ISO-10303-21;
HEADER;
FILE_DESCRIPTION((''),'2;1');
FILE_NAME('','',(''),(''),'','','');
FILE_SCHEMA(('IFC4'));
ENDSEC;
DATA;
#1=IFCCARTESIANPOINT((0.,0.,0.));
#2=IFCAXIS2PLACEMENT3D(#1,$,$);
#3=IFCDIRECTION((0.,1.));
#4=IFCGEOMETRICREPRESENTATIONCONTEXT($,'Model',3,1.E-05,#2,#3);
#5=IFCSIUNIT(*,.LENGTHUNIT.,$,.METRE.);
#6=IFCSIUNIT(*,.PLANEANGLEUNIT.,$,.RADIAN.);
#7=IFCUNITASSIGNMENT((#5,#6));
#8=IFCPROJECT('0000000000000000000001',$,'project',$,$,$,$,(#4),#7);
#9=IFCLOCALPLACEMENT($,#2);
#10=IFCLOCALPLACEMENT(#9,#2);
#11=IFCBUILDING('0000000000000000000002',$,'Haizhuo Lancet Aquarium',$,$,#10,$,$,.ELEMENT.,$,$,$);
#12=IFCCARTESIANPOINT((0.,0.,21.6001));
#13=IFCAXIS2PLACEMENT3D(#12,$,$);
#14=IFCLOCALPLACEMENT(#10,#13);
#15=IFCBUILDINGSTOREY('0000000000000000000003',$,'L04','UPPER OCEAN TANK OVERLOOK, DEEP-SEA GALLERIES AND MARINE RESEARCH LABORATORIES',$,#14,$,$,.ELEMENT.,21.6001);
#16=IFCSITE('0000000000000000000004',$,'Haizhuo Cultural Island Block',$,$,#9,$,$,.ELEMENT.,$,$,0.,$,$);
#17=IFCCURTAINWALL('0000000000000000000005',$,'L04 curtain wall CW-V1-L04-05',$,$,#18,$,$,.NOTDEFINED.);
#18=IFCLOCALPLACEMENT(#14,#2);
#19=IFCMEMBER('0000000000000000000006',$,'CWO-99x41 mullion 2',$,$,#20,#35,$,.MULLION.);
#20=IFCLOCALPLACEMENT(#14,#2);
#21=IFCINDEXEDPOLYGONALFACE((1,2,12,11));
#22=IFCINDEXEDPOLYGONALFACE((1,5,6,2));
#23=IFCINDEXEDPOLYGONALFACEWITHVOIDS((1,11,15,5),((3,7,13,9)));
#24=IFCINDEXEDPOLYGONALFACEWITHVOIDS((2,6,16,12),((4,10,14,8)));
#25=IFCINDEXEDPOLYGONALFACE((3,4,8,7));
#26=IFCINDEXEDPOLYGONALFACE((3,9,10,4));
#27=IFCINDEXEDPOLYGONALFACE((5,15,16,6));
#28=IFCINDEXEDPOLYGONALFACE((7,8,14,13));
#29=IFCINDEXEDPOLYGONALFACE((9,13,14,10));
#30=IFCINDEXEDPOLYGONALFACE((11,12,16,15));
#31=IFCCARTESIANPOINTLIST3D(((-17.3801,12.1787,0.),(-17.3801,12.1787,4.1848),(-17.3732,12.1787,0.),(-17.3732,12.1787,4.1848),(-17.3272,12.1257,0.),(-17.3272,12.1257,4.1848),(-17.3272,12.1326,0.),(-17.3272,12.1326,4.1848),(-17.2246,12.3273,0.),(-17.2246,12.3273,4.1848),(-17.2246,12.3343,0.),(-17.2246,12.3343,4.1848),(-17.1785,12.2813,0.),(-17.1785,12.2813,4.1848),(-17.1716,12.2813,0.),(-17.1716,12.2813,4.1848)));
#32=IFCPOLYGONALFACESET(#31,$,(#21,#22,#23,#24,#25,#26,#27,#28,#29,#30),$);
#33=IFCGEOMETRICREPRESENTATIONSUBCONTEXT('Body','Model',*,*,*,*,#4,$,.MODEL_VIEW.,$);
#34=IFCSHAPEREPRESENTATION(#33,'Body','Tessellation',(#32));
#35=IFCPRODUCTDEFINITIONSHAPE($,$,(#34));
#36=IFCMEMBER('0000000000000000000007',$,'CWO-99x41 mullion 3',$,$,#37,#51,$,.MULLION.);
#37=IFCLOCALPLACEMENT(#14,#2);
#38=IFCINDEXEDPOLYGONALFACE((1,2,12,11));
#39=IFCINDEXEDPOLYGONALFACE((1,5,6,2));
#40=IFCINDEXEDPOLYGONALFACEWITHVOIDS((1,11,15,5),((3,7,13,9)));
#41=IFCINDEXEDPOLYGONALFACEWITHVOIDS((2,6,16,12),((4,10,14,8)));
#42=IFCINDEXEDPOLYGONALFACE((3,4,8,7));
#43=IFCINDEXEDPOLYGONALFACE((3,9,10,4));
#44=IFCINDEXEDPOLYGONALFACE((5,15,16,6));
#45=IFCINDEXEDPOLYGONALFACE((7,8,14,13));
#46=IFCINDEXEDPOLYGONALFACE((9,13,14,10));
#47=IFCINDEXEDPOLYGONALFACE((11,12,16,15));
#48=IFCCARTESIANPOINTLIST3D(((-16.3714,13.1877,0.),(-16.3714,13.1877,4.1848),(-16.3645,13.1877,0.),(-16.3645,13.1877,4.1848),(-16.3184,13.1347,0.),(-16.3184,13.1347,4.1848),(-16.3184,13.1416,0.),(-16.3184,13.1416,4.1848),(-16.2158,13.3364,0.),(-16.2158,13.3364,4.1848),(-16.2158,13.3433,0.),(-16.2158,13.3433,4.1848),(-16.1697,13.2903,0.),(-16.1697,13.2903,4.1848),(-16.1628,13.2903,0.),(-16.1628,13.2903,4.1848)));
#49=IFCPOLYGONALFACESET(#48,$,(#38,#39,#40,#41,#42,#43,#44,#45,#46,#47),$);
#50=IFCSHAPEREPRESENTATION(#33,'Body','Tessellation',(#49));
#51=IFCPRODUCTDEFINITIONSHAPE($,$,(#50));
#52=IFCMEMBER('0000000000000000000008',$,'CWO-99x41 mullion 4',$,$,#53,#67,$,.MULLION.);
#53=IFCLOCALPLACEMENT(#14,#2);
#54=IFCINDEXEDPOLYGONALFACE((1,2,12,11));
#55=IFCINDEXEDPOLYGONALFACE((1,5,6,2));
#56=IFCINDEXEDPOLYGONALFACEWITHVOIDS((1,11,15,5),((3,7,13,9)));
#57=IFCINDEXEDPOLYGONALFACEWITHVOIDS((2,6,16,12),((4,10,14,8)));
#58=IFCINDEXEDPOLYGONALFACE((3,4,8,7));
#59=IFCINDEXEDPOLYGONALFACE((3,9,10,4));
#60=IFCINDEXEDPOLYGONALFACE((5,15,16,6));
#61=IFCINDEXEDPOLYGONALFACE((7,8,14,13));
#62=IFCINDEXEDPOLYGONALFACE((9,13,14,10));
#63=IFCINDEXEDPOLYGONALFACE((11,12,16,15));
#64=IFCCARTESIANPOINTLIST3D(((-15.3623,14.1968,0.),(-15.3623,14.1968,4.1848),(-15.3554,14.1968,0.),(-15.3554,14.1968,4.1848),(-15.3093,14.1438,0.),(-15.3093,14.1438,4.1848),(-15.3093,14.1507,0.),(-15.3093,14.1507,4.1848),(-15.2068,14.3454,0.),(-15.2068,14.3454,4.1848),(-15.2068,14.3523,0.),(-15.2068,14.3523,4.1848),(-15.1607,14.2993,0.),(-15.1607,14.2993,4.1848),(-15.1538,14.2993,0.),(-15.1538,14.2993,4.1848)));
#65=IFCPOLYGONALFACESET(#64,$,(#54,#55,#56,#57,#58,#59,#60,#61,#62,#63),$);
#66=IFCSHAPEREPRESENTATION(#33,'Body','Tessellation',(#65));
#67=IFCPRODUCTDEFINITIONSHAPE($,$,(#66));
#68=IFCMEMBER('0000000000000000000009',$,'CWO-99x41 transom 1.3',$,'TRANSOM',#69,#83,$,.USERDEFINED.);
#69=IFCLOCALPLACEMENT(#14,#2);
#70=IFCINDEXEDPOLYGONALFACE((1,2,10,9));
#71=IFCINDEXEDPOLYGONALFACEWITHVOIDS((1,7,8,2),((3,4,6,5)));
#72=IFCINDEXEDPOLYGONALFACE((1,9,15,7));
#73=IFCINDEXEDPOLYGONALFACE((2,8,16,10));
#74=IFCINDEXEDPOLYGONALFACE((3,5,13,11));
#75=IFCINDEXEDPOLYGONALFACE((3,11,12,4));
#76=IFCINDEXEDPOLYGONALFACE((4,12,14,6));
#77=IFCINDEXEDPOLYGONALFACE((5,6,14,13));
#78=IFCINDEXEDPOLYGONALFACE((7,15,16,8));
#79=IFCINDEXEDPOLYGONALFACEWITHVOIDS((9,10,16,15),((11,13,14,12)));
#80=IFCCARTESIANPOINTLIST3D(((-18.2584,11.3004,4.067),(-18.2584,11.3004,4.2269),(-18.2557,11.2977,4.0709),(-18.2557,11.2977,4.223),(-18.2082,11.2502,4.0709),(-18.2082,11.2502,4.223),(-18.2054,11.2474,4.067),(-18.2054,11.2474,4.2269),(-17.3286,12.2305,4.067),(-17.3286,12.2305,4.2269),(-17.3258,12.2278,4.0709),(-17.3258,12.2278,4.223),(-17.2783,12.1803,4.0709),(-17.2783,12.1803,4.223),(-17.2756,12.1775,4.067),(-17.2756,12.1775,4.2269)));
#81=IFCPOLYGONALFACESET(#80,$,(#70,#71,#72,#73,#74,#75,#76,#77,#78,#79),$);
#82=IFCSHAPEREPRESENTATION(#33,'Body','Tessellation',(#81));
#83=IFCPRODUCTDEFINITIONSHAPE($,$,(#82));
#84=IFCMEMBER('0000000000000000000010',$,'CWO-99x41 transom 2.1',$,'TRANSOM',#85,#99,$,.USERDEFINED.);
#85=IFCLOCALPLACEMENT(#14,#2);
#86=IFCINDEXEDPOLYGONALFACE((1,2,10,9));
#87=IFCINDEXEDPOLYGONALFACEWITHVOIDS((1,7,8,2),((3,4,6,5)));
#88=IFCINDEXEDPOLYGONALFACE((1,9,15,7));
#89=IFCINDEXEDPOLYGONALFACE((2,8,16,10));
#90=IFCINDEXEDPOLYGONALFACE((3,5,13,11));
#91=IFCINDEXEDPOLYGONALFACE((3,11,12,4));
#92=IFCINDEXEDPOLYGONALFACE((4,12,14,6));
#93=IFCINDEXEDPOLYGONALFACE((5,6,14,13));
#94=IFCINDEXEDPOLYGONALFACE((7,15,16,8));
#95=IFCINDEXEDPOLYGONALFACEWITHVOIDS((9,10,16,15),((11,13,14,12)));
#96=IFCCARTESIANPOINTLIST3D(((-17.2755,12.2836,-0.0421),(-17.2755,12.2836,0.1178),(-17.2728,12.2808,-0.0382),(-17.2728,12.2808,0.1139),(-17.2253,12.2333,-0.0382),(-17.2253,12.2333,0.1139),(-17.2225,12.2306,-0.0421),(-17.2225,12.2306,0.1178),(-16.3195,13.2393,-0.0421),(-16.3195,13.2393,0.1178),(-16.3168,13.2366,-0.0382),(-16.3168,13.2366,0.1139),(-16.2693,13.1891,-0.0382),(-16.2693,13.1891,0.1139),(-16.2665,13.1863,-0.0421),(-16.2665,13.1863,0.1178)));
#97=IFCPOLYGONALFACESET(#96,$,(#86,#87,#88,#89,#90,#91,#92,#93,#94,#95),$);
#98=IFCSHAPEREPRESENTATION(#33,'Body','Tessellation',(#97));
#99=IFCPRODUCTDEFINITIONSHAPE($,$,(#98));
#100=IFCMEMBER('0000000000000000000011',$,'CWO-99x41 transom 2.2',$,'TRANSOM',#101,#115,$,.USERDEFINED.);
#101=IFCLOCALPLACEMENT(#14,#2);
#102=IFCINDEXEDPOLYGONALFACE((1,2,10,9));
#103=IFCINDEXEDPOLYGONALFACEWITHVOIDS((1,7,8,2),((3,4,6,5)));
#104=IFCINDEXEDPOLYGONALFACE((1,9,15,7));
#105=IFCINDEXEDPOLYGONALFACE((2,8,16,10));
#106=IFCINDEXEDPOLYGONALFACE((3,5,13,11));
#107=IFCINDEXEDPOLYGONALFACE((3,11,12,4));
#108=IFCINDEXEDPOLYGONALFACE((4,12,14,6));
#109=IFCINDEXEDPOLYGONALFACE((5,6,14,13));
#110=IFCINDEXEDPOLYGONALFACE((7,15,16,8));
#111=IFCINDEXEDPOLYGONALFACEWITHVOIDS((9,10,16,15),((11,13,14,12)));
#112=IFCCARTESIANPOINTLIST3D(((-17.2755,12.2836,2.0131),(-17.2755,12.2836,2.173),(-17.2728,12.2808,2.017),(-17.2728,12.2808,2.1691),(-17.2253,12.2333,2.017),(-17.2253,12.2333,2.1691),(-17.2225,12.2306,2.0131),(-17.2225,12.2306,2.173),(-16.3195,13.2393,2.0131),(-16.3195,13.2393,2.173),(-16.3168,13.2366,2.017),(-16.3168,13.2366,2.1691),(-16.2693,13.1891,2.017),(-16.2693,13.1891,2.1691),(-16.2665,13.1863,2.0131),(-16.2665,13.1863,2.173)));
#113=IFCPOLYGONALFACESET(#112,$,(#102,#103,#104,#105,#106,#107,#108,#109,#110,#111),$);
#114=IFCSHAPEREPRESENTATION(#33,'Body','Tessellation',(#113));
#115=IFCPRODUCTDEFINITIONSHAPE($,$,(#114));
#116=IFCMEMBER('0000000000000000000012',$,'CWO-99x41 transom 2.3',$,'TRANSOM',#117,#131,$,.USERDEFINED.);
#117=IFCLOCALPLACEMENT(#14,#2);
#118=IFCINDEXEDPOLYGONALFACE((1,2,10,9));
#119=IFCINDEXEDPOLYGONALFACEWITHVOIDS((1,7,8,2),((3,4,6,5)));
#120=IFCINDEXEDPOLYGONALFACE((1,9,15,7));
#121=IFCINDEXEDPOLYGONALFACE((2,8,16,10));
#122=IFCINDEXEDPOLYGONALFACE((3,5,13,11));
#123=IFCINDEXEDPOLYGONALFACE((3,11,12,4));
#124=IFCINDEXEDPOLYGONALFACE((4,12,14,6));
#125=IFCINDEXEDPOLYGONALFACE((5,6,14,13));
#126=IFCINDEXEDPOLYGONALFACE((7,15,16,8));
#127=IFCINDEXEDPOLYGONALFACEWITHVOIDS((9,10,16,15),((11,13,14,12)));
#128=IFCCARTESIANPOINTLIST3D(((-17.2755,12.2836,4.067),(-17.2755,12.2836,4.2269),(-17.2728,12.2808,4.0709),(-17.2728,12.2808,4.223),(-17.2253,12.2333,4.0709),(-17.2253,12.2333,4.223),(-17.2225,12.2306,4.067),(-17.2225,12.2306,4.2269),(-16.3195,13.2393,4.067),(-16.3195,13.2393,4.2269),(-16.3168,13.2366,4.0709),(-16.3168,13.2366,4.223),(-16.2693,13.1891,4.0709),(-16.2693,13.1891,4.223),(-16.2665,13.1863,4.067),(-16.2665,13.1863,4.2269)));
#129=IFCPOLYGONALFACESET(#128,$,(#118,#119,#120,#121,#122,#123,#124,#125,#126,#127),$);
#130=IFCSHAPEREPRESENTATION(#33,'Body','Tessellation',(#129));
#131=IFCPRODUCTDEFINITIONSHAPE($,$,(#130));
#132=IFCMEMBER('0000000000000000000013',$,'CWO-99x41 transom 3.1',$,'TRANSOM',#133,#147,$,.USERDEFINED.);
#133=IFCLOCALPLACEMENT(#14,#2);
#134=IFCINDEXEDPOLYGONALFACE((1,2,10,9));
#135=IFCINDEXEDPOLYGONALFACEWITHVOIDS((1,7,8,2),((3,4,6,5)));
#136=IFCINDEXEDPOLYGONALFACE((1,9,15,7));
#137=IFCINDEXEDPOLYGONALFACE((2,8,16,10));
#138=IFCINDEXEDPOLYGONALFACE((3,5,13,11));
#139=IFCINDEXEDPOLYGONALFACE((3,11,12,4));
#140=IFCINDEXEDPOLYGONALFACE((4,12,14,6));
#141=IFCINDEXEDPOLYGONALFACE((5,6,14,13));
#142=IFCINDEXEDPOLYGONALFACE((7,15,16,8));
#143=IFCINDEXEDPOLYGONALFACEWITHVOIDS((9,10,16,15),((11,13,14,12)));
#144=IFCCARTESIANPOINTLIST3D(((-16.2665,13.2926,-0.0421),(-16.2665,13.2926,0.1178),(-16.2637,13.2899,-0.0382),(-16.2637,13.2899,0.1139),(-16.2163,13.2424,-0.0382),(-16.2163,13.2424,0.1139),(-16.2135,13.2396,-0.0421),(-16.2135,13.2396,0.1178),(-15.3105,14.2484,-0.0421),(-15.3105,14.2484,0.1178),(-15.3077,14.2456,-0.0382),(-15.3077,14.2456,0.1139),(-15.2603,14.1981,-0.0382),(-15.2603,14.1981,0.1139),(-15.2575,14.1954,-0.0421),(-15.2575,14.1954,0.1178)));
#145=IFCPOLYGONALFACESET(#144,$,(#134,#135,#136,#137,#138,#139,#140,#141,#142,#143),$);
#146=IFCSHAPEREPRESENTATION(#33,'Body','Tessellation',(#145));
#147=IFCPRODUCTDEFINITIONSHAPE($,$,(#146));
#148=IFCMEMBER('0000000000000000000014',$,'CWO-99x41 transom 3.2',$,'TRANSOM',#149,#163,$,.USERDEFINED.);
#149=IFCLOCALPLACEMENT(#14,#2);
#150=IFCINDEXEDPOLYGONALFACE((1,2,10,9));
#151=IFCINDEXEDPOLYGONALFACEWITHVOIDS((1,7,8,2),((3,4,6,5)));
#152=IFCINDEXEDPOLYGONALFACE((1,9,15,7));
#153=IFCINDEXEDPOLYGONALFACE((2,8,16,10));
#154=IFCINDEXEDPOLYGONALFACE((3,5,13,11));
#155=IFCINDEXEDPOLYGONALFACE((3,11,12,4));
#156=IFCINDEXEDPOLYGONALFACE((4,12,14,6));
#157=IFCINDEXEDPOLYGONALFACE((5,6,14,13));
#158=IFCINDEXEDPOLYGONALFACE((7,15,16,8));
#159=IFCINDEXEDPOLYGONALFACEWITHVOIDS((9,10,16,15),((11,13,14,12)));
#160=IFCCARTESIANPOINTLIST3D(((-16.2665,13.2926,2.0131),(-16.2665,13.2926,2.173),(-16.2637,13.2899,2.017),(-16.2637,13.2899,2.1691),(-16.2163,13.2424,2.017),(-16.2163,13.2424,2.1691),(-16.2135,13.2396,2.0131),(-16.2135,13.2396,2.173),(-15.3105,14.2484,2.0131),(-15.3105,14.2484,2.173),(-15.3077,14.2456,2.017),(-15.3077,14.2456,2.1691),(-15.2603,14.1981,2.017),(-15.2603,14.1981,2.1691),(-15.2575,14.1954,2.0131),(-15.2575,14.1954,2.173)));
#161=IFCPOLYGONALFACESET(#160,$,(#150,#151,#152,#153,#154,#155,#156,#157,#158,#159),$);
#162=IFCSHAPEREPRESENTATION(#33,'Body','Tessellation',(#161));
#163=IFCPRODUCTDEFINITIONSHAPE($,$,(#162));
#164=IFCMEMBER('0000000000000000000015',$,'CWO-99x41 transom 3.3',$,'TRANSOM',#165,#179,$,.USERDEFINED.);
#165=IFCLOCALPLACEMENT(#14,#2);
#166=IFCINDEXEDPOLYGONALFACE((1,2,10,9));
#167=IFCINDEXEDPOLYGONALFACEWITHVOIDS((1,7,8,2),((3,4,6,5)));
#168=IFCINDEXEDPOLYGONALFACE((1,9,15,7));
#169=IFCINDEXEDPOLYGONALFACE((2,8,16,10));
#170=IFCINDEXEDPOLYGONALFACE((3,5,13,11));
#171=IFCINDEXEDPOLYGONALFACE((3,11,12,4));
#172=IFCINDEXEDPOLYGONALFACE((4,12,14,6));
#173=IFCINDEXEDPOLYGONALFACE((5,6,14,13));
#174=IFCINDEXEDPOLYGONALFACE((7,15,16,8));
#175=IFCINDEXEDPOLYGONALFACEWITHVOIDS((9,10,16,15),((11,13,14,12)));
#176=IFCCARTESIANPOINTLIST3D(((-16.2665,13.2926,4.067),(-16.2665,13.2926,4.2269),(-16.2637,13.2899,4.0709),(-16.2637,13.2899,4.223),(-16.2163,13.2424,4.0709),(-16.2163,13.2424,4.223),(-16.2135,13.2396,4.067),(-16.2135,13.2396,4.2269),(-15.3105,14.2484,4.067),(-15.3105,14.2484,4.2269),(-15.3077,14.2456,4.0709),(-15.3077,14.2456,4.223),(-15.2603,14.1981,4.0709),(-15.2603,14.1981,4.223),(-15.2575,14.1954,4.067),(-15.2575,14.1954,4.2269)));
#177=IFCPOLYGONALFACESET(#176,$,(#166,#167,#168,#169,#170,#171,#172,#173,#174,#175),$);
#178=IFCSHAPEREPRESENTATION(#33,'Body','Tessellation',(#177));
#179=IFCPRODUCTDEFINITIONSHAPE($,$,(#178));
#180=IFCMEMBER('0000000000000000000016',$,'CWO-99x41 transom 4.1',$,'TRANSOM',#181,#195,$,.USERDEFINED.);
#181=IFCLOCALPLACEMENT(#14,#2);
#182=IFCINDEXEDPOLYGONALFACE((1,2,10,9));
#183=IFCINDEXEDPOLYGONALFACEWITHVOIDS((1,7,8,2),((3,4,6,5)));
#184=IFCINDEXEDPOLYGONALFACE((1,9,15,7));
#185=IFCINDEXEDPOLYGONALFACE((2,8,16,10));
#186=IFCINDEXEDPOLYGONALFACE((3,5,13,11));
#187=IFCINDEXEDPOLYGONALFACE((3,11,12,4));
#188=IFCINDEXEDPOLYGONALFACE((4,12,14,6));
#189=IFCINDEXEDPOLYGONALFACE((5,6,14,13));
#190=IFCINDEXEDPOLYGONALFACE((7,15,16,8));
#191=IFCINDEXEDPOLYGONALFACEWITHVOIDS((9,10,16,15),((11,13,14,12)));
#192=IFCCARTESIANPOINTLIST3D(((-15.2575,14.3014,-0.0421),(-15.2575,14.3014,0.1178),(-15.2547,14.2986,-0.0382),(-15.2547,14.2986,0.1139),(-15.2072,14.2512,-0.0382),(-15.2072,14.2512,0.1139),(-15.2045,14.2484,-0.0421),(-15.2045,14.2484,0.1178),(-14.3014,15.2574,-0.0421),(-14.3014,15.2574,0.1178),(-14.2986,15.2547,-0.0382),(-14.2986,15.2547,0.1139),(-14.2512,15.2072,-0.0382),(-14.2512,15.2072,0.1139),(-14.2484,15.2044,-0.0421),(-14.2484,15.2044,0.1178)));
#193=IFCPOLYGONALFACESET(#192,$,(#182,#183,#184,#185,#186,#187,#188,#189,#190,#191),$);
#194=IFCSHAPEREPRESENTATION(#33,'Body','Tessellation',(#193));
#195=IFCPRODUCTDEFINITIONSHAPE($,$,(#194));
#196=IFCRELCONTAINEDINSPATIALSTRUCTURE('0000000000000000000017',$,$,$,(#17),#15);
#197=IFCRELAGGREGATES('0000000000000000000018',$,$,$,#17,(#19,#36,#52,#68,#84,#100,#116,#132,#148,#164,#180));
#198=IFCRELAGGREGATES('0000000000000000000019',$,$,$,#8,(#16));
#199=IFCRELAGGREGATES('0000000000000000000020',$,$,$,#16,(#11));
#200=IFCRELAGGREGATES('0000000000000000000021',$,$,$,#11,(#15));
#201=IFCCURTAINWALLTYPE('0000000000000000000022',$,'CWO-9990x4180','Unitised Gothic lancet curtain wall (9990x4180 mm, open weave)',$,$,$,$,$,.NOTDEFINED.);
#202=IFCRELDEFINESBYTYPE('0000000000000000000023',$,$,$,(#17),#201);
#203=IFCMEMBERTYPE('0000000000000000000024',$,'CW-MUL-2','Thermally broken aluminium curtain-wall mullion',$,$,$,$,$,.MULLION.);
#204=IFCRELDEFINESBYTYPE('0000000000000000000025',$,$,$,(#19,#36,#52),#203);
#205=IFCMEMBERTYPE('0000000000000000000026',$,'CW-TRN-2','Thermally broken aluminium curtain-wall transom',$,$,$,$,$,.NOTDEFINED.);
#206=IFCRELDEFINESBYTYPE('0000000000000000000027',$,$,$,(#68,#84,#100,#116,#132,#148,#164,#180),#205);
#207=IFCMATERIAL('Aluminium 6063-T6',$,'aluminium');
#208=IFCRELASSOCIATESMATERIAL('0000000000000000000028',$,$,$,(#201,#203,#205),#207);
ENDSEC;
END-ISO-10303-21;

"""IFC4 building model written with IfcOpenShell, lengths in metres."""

from ifc_helpers import new_model, si_unit, direction, frame, origin, origin_2d, place, context, subcontext, project, spatial, hollow_rectangle, extrude, material, material_profile, profile_set, type_object, element, aggregate, save


model = new_model("IFC4")

# Units and contexts
model_context = context("Model", 3, precision=1e-05, world=origin(), true_north=direction((0.0, 1.0)))
body_context = subcontext(model_context, "Body", "Model", "MODEL_VIEW")
ifc_project = project(units=[si_unit("LENGTHUNIT", "METRE"), si_unit("PLANEANGLEUNIT", "RADIAN")], contexts=[model_context])

# Site, building, storey
site_placement = place(None, origin())
site = spatial("IfcSite", under=ifc_project, at=site_placement, Name="Haizhuo Cultural Island Block", CompositionType="ELEMENT", RefElevation=0.0)
building_placement = place(site_placement, origin())
building = spatial("IfcBuilding", under=site, at=building_placement, Name="Haizhuo Lancet Aquarium", CompositionType="ELEMENT")
storey_placement = place(building_placement, frame((0.0, 0.0, 21.6001)))
storey = spatial("IfcBuildingStorey", under=building, at=storey_placement, Name="L04", Description="UPPER OCEAN TANK OVERLOOK, DEEP-SEA GALLERIES AND MARINE RESEARCH LABORATORIES", CompositionType="ELEMENT", Elevation=21.6001)

# Curtain wall, members
ifc_material_1 = material(Name="Aluminium 6063-T6", Category="aluminium")
curtain_wall_type = type_object("IfcCurtainWallType", Name="CWO-9990x4180", Description="Unitised Gothic lancet curtain wall (9990x4180 mm, open weave)", PredefinedType="NOTDEFINED", material=ifc_material_1)
curtain_wall_placement = place(storey_placement, origin())
curtain_wall = element("IfcCurtainWall", 1, at=curtain_wall_placement, inside=storey, type_object=curtain_wall_type, Name="L04 curtain wall CW-V1-L04-05", PredefinedType="NOTDEFINED")
ifc_material_profile_1 = material_profile(ifc_material_1, hollow_rectangle(XDim=0.075, YDim=0.22, WallThickness=0.0049, at=origin_2d()), Name="ALU-M 75x220x5")
ifc_profile_set_1 = profile_set([ifc_material_profile_1], Name="Aluminium 6063-T6")
member_type_1 = type_object("IfcMemberType", Name="CW-MUL-2", Description="Thermally broken aluminium curtain-wall mullion", PredefinedType="MULLION", material=ifc_profile_set_1)
member_1_placement = place(storey_placement, frame((-17.2759, 12.23, 0.0), z_axis=(0.0, 0.0, 1.0), x_axis=(-0.707107, 0.707107, 0.0)))
member_1 = element("IfcMember", 2, at=member_1_placement, type_object=member_type_1, Name="CWO-99x41 mullion 2", PredefinedType="MULLION", context=body_context, shape_type="SweptSolid", body=[
    extrude(hollow_rectangle(XDim=0.075, YDim=0.22, WallThickness=0.0049, at=origin_2d()), origin(), (0.0, 0.0, 1.0), 4.1848),
])
member_2_placement = place(storey_placement, frame((-16.2671, 13.239, 0.0), z_axis=(0.0, 0.0, 1.0), x_axis=(-0.707107, 0.707107, 0.0)))
member_2 = element("IfcMember", 3, at=member_2_placement, type_object=member_type_1, Name="CWO-99x41 mullion 3", PredefinedType="MULLION", context=body_context, shape_type="SweptSolid", body=[
    extrude(hollow_rectangle(XDim=0.075, YDim=0.22, WallThickness=0.0049, at=origin_2d()), origin(), (0.0, 0.0, 1.0), 4.1848),
])
member_3_placement = place(storey_placement, frame((-15.2581, 14.248, 0.0), z_axis=(0.0, 0.0, 1.0), x_axis=(-0.707107, 0.707107, 0.0)))
member_3 = element("IfcMember", 4, at=member_3_placement, type_object=member_type_1, Name="CWO-99x41 mullion 4", PredefinedType="MULLION", context=body_context, shape_type="SweptSolid", body=[
    extrude(hollow_rectangle(XDim=0.075, YDim=0.22, WallThickness=0.0049, at=origin_2d()), origin(), (0.0, 0.0, 1.0), 4.1848),
])
ifc_material_profile_2 = material_profile(ifc_material_1, hollow_rectangle(XDim=0.075, YDim=0.1599, WallThickness=0.0039, at=origin_2d()), Name="ALU-T 75x160x4")
ifc_profile_set_2 = profile_set([ifc_material_profile_2], Name="Aluminium 6063-T6")
member_type_2 = type_object("IfcMemberType", Name="CW-TRN-2", Description="Thermally broken aluminium curtain-wall transom", PredefinedType="NOTDEFINED", material=ifc_profile_set_2)
member_4_placement = place(storey_placement, frame((-18.2319, 11.2739, 4.147), z_axis=(0.707014, 0.7072, 0.0), x_axis=(-0.7072, 0.707014, 0.0)))
member_4 = element("IfcMember", 5, at=member_4_placement, type_object=member_type_2, Name="CWO-99x41 transom 1.3", ObjectType="TRANSOM", PredefinedType="USERDEFINED", context=body_context, shape_type="SweptSolid", body=[
    extrude(hollow_rectangle(XDim=0.075, YDim=0.1599, WallThickness=0.0039, at=origin_2d()), origin(), (0.0, 0.0, 1.0), 1.3152),
])
member_5_placement = place(storey_placement, frame((-17.249, 12.2571, 0.0378), z_axis=(0.707197, 0.707016, 0.0), x_axis=(-0.707016, 0.707197, 0.0)))
member_5 = element("IfcMember", 6, at=member_5_placement, type_object=member_type_2, Name="CWO-99x41 transom 2.1", ObjectType="TRANSOM", PredefinedType="USERDEFINED", context=body_context, shape_type="SweptSolid", body=[
    extrude(hollow_rectangle(XDim=0.075, YDim=0.1599, WallThickness=0.0039, at=origin_2d()), origin(), (0.0, 0.0, 1.0), 1.3518),
])
member_6_placement = place(storey_placement, frame((-17.249, 12.2571, 2.093), z_axis=(0.707197, 0.707016, 0.0), x_axis=(-0.707016, 0.707197, 0.0)))
member_6 = element("IfcMember", 7, at=member_6_placement, type_object=member_type_2, Name="CWO-99x41 transom 2.2", ObjectType="TRANSOM", PredefinedType="USERDEFINED", context=body_context, shape_type="SweptSolid", body=[
    extrude(hollow_rectangle(XDim=0.075, YDim=0.1599, WallThickness=0.0039, at=origin_2d()), origin(), (0.0, 0.0, 1.0), 1.3518),
])
member_7_placement = place(storey_placement, frame((-17.249, 12.2571, 4.147), z_axis=(0.707197, 0.707016, 0.0), x_axis=(-0.707016, 0.707197, 0.0)))
member_7 = element("IfcMember", 8, at=member_7_placement, type_object=member_type_2, Name="CWO-99x41 transom 2.3", ObjectType="TRANSOM", PredefinedType="USERDEFINED", context=body_context, shape_type="SweptSolid", body=[
    extrude(hollow_rectangle(XDim=0.075, YDim=0.1599, WallThickness=0.0039, at=origin_2d()), origin(), (0.0, 0.0, 1.0), 1.3518),
])
member_8_placement = place(storey_placement, frame((-16.24, 13.2661, 0.0378), z_axis=(0.707197, 0.707016, 0.0), x_axis=(-0.707016, 0.707197, 0.0)))
member_8 = element("IfcMember", 9, at=member_8_placement, type_object=member_type_2, Name="CWO-99x41 transom 3.1", ObjectType="TRANSOM", PredefinedType="USERDEFINED", context=body_context, shape_type="SweptSolid", body=[
    extrude(hollow_rectangle(XDim=0.075, YDim=0.1599, WallThickness=0.0039, at=origin_2d()), origin(), (0.0, 0.0, 1.0), 1.3518),
])
member_9_placement = place(storey_placement, frame((-16.24, 13.2661, 2.093), z_axis=(0.707197, 0.707016, 0.0), x_axis=(-0.707016, 0.707197, 0.0)))
member_9 = element("IfcMember", 10, at=member_9_placement, type_object=member_type_2, Name="CWO-99x41 transom 3.2", ObjectType="TRANSOM", PredefinedType="USERDEFINED", context=body_context, shape_type="SweptSolid", body=[
    extrude(hollow_rectangle(XDim=0.075, YDim=0.1599, WallThickness=0.0039, at=origin_2d()), origin(), (0.0, 0.0, 1.0), 1.3518),
])
member_10_placement = place(storey_placement, frame((-16.24, 13.2661, 4.147), z_axis=(0.707197, 0.707016, 0.0), x_axis=(-0.707016, 0.707197, 0.0)))
member_10 = element("IfcMember", 11, at=member_10_placement, type_object=member_type_2, Name="CWO-99x41 transom 3.3", ObjectType="TRANSOM", PredefinedType="USERDEFINED", context=body_context, shape_type="SweptSolid", body=[
    extrude(hollow_rectangle(XDim=0.075, YDim=0.1599, WallThickness=0.0039, at=origin_2d()), origin(), (0.0, 0.0, 1.0), 1.3518),
])
member_11_placement = place(storey_placement, frame((-15.231, 14.2749, 0.0378), z_axis=(0.707107, 0.707107, 0.0), x_axis=(-0.707107, 0.707107, 0.0)))
member_11 = element("IfcMember", 12, at=member_11_placement, type_object=member_type_2, Name="CWO-99x41 transom 4.1", ObjectType="TRANSOM", PredefinedType="USERDEFINED", context=body_context, shape_type="SweptSolid", body=[
    extrude(hollow_rectangle(XDim=0.075, YDim=0.1599, WallThickness=0.0039, at=origin_2d()), origin(), (0.0, 0.0, 1.0), 1.3521),
])

aggregate(curtain_wall, [member_1, member_2, member_3, member_4, member_5, member_6, member_7, member_8, member_9, member_10, member_11])

save(model, "model.ifc")
